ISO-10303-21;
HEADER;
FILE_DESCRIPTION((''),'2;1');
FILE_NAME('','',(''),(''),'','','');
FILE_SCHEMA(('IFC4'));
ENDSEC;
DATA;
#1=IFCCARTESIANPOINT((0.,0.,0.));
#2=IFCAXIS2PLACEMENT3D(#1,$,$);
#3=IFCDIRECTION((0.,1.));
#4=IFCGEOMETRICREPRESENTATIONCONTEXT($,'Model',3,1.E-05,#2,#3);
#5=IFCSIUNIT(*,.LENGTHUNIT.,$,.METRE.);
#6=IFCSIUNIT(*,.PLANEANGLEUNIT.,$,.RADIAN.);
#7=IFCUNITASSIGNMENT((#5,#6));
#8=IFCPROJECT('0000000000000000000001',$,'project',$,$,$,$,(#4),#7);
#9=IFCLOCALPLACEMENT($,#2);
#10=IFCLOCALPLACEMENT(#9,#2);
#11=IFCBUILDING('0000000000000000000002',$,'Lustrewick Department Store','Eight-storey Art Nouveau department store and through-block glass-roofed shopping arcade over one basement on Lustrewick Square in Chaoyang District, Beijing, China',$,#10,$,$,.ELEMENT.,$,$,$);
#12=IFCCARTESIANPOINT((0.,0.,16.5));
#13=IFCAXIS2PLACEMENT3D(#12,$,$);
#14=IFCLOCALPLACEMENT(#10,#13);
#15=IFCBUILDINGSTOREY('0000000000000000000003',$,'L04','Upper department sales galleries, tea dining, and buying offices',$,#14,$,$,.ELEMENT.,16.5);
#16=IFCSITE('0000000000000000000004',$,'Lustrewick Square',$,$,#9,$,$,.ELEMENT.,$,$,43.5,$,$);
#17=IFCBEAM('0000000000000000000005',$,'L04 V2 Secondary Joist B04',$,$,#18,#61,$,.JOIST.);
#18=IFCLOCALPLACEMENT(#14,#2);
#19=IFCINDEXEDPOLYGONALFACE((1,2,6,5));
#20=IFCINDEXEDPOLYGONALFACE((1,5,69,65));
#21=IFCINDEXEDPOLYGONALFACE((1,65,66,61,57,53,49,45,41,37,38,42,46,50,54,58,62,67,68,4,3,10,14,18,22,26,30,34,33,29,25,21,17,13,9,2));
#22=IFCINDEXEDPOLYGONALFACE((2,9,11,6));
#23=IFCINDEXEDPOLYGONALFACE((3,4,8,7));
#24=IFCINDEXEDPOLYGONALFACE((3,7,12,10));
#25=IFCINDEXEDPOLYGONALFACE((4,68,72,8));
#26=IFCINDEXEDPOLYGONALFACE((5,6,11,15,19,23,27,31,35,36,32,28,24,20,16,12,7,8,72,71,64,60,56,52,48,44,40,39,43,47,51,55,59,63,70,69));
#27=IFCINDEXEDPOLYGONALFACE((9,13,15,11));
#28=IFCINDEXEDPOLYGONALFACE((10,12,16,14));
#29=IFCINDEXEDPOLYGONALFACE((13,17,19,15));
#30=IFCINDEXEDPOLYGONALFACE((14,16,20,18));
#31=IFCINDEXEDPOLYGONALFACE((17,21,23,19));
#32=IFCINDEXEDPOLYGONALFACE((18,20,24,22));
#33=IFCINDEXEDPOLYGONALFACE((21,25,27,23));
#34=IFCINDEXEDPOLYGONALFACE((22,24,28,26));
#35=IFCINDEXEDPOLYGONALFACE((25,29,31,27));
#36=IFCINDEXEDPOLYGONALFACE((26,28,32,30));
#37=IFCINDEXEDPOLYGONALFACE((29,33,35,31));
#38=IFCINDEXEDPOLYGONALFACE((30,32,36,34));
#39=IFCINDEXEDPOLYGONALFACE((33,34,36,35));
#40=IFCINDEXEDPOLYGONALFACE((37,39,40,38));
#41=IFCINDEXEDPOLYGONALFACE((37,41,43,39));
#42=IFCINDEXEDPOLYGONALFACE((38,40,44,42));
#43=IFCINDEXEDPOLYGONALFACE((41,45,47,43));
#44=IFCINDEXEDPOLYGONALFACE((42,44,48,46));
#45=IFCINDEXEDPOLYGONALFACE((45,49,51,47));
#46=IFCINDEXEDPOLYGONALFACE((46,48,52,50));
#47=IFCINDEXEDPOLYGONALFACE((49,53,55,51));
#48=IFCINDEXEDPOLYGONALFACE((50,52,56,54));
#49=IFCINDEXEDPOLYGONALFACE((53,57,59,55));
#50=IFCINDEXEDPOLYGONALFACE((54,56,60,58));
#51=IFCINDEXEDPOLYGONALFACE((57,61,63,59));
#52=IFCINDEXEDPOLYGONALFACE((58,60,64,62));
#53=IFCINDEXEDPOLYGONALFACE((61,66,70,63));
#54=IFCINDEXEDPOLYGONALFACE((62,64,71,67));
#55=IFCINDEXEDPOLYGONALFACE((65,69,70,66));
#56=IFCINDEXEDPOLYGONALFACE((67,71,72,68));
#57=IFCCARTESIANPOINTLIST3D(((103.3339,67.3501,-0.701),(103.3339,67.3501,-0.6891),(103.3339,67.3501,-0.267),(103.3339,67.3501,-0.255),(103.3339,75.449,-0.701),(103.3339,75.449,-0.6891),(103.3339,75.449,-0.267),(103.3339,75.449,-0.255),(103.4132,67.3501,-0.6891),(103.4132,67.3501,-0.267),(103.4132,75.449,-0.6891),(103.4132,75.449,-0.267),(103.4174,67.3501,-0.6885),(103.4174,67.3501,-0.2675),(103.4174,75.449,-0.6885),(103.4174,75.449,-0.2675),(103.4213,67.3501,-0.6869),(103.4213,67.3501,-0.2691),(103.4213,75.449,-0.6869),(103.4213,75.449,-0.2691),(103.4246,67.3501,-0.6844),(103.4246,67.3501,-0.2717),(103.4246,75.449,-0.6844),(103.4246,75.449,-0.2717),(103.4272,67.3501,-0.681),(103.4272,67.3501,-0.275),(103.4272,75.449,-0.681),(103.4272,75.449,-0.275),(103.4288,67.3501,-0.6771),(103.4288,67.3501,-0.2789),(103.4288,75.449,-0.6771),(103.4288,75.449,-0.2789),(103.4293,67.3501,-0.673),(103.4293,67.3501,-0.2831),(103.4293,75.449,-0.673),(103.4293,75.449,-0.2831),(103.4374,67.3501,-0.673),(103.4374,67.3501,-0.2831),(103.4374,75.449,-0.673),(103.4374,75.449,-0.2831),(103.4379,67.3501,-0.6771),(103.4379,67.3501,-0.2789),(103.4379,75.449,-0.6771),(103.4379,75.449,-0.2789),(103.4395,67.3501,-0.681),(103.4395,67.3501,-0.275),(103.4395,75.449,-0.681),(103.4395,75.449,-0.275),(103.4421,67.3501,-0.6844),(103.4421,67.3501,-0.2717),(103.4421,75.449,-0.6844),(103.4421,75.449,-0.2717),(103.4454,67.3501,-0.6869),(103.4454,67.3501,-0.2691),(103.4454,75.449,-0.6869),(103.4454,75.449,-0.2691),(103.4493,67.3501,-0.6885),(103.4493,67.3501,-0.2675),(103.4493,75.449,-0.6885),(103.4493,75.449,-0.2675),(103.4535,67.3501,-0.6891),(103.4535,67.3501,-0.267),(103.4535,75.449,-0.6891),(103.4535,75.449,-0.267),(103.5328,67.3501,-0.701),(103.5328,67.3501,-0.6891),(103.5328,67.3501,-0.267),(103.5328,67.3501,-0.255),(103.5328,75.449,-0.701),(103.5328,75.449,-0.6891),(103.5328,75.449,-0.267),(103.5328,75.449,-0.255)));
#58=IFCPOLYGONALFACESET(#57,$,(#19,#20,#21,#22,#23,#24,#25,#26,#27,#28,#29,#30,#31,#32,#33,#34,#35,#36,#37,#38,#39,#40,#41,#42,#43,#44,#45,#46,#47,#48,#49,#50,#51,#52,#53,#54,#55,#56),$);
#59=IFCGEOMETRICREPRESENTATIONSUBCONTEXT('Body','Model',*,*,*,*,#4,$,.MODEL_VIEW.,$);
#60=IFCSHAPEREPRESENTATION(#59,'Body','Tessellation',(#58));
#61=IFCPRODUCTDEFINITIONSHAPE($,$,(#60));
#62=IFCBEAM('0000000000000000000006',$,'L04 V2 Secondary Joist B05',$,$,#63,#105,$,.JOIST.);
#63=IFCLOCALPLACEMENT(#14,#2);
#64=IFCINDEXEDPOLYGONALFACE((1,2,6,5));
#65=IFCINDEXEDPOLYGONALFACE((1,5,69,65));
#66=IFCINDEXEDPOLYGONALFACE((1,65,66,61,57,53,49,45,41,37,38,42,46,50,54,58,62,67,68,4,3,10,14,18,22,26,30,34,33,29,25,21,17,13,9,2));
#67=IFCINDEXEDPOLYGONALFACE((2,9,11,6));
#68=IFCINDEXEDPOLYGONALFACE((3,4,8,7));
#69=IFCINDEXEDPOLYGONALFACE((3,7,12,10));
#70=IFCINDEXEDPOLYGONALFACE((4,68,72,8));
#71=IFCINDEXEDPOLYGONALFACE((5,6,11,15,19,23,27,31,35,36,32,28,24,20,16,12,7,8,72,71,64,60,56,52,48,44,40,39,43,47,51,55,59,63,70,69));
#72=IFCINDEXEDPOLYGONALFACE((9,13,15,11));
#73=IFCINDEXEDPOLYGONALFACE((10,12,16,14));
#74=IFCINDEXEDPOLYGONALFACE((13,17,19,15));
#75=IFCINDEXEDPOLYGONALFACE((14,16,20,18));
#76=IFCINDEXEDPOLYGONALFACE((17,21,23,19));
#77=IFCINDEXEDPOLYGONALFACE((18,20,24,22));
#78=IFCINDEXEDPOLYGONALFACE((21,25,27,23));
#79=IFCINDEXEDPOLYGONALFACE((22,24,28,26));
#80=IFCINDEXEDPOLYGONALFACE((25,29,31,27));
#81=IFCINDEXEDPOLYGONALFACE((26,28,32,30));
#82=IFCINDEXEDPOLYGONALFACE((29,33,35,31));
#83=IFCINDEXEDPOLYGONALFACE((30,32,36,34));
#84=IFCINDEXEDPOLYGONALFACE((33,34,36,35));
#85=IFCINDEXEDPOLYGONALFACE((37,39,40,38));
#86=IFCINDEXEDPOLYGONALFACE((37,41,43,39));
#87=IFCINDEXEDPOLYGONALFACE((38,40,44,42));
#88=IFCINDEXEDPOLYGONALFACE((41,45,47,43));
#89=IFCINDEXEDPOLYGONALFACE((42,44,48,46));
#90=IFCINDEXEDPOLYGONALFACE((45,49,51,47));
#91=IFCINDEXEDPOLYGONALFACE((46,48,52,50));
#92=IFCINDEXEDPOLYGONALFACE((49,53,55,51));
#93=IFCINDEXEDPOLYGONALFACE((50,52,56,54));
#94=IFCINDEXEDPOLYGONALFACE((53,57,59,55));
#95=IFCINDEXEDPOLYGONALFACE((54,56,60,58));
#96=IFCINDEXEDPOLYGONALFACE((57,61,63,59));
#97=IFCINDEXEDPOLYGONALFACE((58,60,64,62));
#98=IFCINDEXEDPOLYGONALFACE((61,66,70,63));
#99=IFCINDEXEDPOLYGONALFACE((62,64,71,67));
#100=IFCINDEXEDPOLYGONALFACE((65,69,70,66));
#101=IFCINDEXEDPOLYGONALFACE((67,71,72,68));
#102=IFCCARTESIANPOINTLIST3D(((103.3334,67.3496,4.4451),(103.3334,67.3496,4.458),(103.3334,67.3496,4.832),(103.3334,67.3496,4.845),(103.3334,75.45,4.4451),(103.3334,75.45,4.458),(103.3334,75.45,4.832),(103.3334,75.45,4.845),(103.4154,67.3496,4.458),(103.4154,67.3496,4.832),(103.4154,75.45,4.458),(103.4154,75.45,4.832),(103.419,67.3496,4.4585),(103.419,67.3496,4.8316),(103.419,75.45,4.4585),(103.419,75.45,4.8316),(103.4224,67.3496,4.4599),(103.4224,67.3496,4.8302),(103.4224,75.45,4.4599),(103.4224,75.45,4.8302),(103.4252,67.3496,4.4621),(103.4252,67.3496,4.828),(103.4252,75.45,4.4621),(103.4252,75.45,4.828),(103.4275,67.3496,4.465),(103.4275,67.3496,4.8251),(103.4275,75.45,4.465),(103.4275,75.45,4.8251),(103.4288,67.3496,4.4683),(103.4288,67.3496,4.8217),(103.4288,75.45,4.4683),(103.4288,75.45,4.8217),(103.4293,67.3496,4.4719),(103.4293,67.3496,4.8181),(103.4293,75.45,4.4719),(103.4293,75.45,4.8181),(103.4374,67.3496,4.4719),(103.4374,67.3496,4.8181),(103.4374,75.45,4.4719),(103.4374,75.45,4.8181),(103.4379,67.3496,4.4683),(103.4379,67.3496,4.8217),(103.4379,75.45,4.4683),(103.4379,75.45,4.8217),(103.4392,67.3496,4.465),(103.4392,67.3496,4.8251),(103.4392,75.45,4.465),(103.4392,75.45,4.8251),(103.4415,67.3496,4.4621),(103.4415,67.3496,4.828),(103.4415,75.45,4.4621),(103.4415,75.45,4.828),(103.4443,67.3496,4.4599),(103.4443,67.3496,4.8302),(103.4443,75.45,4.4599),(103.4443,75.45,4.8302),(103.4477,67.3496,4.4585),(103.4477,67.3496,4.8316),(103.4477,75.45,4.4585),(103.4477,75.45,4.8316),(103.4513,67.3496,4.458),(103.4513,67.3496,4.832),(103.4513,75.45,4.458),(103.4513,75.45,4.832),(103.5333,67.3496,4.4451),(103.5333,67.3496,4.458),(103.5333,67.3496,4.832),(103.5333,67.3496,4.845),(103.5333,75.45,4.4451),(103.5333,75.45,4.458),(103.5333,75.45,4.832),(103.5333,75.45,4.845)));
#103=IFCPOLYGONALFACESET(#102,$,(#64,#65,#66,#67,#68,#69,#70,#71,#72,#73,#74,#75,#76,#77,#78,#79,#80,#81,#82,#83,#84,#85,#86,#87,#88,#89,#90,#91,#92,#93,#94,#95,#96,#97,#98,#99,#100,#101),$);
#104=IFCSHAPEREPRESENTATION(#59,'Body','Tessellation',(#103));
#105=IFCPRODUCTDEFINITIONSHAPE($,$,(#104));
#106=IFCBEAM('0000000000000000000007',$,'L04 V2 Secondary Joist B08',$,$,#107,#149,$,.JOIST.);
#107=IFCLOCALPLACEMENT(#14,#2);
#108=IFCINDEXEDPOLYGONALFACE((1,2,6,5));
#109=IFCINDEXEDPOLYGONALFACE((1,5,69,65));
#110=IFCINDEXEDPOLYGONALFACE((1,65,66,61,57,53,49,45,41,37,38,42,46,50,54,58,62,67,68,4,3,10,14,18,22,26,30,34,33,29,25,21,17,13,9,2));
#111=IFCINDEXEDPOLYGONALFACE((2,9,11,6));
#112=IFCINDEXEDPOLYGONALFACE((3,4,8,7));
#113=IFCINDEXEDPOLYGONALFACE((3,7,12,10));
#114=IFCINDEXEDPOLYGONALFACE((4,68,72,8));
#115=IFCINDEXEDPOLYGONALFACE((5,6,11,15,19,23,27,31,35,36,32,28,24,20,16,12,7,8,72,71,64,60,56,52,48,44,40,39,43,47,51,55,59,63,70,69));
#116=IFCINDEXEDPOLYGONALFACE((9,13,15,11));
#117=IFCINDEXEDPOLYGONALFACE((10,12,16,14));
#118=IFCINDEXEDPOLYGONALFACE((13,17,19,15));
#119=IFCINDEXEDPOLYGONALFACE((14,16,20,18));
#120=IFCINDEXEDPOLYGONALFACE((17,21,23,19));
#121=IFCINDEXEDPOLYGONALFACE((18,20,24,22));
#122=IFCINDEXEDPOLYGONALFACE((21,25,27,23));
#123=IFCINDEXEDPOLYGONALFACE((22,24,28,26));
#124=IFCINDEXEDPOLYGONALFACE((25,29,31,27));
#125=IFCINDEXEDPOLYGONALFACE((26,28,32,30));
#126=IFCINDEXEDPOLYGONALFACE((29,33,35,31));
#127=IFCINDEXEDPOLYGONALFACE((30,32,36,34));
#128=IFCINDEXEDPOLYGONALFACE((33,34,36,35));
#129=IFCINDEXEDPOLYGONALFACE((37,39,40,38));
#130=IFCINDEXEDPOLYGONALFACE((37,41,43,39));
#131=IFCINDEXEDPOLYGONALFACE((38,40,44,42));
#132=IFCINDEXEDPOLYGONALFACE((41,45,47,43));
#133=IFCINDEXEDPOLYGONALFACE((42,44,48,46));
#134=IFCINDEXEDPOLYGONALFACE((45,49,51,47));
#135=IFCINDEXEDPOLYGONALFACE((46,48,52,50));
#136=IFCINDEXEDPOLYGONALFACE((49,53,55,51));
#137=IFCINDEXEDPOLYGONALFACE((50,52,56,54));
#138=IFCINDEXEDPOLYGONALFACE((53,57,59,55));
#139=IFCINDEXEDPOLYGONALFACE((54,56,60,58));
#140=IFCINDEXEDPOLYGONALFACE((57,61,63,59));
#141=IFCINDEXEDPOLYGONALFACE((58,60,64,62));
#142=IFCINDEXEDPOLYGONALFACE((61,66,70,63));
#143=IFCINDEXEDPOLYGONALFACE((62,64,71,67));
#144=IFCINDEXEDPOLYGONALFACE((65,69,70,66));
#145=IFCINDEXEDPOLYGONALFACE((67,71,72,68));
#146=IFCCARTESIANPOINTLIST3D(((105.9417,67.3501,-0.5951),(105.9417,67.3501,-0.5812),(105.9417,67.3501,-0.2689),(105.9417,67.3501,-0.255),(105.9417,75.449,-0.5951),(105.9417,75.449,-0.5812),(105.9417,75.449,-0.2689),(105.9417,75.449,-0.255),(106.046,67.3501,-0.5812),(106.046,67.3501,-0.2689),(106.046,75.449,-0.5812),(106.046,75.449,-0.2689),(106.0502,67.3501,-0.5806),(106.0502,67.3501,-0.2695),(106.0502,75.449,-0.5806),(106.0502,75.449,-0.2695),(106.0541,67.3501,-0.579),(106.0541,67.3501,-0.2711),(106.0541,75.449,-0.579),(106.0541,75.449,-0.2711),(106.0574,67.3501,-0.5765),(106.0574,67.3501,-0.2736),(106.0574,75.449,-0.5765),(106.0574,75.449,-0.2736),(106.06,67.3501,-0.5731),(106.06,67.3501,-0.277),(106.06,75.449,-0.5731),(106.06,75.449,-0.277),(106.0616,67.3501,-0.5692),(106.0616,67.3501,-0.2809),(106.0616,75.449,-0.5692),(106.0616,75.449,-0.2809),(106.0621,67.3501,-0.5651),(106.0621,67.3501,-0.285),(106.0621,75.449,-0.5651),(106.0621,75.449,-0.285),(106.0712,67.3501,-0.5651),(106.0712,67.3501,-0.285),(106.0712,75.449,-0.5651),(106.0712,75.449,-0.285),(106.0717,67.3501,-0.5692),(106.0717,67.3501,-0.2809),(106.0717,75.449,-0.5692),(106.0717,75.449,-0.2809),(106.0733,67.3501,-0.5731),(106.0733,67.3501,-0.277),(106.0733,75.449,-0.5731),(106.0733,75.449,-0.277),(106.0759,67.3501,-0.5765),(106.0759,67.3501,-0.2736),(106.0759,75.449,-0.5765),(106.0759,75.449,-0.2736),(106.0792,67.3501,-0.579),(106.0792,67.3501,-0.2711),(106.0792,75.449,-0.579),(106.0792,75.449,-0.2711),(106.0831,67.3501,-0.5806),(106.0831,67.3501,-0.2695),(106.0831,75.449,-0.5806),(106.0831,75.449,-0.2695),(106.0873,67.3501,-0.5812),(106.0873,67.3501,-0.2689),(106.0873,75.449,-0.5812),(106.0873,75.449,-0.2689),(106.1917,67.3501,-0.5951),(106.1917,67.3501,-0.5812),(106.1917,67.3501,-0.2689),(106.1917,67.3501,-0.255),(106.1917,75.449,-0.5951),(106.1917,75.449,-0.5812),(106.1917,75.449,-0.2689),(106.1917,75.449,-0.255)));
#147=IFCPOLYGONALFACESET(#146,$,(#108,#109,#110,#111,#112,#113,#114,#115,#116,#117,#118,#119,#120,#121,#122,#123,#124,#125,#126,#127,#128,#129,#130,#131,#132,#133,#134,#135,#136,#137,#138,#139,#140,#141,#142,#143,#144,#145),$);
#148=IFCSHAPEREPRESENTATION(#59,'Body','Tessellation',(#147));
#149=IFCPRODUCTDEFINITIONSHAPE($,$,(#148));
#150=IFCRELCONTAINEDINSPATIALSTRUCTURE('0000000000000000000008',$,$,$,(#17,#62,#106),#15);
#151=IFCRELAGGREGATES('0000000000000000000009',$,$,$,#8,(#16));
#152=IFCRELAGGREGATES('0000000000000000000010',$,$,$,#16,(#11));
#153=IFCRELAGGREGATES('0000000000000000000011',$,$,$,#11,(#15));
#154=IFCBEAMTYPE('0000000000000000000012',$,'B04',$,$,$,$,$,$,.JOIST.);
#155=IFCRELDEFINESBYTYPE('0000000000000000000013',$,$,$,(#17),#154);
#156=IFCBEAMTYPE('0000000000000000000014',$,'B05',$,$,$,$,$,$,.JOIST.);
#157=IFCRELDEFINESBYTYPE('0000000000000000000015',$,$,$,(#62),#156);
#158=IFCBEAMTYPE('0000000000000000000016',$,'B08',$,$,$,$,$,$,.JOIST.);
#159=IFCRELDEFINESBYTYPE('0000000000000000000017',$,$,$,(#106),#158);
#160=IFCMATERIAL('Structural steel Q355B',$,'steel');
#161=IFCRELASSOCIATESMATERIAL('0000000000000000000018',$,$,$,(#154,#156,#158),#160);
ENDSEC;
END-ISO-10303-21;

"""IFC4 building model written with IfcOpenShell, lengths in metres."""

from ifc_helpers import new_model, si_unit, direction, frame, origin, origin_2d, place, context, subcontext, project, spatial, i_section, extrude, material, material_profile, profile_set, type_object, element, save


model = new_model("IFC4")

# Units and contexts
model_context = context("Model", 3, precision=1e-05, world=origin(), true_north=direction((0.0, 1.0)))
body_context = subcontext(model_context, "Body", "Model", "MODEL_VIEW")
ifc_project = project(units=[si_unit("LENGTHUNIT", "METRE"), si_unit("PLANEANGLEUNIT", "RADIAN")], contexts=[model_context])

# Site, building, storey
site_placement = place(None, origin())
site = spatial("IfcSite", under=ifc_project, at=site_placement, Name="Lustrewick Square", CompositionType="ELEMENT", RefElevation=43.5)
building_placement = place(site_placement, origin())
building = spatial("IfcBuilding", under=site, at=building_placement, Name="Lustrewick Department Store", Description="Eight-storey Art Nouveau department store and through-block glass-roofed shopping arcade over one basement on Lustrewick Square in Chaoyang District, Beijing, China", CompositionType="ELEMENT")
storey_placement = place(building_placement, frame((0.0, 0.0, 16.5)))
storey = spatial("IfcBuildingStorey", under=building, at=storey_placement, Name="L04", Description="Upper department sales galleries, tea dining, and buying offices", CompositionType="ELEMENT", Elevation=16.5)

# Shared definitions
ifc_material_1 = material(Name="Structural steel Q355B", Category="steel")

# Beams
ifc_material_profile_1 = material_profile(ifc_material_1, i_section(OverallWidth=0.199, OverallDepth=0.446, WebThickness=0.0081, FlangeThickness=0.012, FilletRadius=0.0161, at=origin_2d()), Name="HN 446x199x8x12")
ifc_profile_set_1 = profile_set([ifc_material_profile_1], Name="Structural steel Q355B")
beam_type_1 = type_object("IfcBeamType", Name="B04", PredefinedType="JOIST", material=ifc_profile_set_1)
beam_1_placement = place(storey_placement, frame((103.4333, 67.3501, -0.478), z_axis=(0.0, 1.0, 0.0), x_axis=(-1.0, 0.0, 0.0)))
element("IfcBeam", 1, at=beam_1_placement, inside=storey, type_object=beam_type_1, Name="L04 V2 Secondary Joist B04", PredefinedType="JOIST", context=body_context, shape_type="SweptSolid", body=[
    extrude(i_section(OverallWidth=0.199, OverallDepth=0.446, WebThickness=0.0081, FlangeThickness=0.012, FilletRadius=0.0161, at=origin_2d()), origin(), (0.0, 0.0, 1.0), 8.0989),
])
ifc_material_profile_2 = material_profile(ifc_material_1, i_section(OverallWidth=0.2, OverallDepth=0.3999, WebThickness=0.0081, FlangeThickness=0.0129, FilletRadius=0.0139, at=origin_2d()), Name="HN 400x200x8x13")
ifc_profile_set_2 = profile_set([ifc_material_profile_2], Name="Structural steel Q355B")
beam_type_2 = type_object("IfcBeamType", Name="B05", PredefinedType="JOIST", material=ifc_profile_set_2)
beam_2_placement = place(storey_placement, frame((103.4333, 67.3496, 4.645), z_axis=(0.0, 1.0, 0.0), x_axis=(-1.0, 0.0, 0.0)))
element("IfcBeam", 2, at=beam_2_placement, inside=storey, type_object=beam_type_2, Name="L04 V2 Secondary Joist B05", PredefinedType="JOIST", context=body_context, shape_type="SweptSolid", body=[
    extrude(i_section(OverallWidth=0.2, OverallDepth=0.3999, WebThickness=0.0081, FlangeThickness=0.0129, FilletRadius=0.0139, at=origin_2d()), origin(), (0.0, 0.0, 1.0), 8.1003),
])
ifc_material_profile_3 = material_profile(ifc_material_1, i_section(OverallWidth=0.25, OverallDepth=0.3401, WebThickness=0.009, FlangeThickness=0.0139, FilletRadius=0.0161, at=origin_2d()), Name="HM 340x250x9x14")
ifc_profile_set_3 = profile_set([ifc_material_profile_3], Name="Structural steel Q355B")
beam_type_3 = type_object("IfcBeamType", Name="B08", PredefinedType="JOIST", material=ifc_profile_set_3)
beam_3_placement = place(storey_placement, frame((106.0667, 67.3501, -0.425), z_axis=(0.0, 1.0, 0.0), x_axis=(-1.0, 0.0, 0.0)))
element("IfcBeam", 3, at=beam_3_placement, inside=storey, type_object=beam_type_3, Name="L04 V2 Secondary Joist B08", PredefinedType="JOIST", context=body_context, shape_type="SweptSolid", body=[
    extrude(i_section(OverallWidth=0.25, OverallDepth=0.3401, WebThickness=0.009, FlangeThickness=0.0139, FilletRadius=0.0161, at=origin_2d()), origin(), (0.0, 0.0, 1.0), 8.0989),
])

save(model, "model.ifc")
